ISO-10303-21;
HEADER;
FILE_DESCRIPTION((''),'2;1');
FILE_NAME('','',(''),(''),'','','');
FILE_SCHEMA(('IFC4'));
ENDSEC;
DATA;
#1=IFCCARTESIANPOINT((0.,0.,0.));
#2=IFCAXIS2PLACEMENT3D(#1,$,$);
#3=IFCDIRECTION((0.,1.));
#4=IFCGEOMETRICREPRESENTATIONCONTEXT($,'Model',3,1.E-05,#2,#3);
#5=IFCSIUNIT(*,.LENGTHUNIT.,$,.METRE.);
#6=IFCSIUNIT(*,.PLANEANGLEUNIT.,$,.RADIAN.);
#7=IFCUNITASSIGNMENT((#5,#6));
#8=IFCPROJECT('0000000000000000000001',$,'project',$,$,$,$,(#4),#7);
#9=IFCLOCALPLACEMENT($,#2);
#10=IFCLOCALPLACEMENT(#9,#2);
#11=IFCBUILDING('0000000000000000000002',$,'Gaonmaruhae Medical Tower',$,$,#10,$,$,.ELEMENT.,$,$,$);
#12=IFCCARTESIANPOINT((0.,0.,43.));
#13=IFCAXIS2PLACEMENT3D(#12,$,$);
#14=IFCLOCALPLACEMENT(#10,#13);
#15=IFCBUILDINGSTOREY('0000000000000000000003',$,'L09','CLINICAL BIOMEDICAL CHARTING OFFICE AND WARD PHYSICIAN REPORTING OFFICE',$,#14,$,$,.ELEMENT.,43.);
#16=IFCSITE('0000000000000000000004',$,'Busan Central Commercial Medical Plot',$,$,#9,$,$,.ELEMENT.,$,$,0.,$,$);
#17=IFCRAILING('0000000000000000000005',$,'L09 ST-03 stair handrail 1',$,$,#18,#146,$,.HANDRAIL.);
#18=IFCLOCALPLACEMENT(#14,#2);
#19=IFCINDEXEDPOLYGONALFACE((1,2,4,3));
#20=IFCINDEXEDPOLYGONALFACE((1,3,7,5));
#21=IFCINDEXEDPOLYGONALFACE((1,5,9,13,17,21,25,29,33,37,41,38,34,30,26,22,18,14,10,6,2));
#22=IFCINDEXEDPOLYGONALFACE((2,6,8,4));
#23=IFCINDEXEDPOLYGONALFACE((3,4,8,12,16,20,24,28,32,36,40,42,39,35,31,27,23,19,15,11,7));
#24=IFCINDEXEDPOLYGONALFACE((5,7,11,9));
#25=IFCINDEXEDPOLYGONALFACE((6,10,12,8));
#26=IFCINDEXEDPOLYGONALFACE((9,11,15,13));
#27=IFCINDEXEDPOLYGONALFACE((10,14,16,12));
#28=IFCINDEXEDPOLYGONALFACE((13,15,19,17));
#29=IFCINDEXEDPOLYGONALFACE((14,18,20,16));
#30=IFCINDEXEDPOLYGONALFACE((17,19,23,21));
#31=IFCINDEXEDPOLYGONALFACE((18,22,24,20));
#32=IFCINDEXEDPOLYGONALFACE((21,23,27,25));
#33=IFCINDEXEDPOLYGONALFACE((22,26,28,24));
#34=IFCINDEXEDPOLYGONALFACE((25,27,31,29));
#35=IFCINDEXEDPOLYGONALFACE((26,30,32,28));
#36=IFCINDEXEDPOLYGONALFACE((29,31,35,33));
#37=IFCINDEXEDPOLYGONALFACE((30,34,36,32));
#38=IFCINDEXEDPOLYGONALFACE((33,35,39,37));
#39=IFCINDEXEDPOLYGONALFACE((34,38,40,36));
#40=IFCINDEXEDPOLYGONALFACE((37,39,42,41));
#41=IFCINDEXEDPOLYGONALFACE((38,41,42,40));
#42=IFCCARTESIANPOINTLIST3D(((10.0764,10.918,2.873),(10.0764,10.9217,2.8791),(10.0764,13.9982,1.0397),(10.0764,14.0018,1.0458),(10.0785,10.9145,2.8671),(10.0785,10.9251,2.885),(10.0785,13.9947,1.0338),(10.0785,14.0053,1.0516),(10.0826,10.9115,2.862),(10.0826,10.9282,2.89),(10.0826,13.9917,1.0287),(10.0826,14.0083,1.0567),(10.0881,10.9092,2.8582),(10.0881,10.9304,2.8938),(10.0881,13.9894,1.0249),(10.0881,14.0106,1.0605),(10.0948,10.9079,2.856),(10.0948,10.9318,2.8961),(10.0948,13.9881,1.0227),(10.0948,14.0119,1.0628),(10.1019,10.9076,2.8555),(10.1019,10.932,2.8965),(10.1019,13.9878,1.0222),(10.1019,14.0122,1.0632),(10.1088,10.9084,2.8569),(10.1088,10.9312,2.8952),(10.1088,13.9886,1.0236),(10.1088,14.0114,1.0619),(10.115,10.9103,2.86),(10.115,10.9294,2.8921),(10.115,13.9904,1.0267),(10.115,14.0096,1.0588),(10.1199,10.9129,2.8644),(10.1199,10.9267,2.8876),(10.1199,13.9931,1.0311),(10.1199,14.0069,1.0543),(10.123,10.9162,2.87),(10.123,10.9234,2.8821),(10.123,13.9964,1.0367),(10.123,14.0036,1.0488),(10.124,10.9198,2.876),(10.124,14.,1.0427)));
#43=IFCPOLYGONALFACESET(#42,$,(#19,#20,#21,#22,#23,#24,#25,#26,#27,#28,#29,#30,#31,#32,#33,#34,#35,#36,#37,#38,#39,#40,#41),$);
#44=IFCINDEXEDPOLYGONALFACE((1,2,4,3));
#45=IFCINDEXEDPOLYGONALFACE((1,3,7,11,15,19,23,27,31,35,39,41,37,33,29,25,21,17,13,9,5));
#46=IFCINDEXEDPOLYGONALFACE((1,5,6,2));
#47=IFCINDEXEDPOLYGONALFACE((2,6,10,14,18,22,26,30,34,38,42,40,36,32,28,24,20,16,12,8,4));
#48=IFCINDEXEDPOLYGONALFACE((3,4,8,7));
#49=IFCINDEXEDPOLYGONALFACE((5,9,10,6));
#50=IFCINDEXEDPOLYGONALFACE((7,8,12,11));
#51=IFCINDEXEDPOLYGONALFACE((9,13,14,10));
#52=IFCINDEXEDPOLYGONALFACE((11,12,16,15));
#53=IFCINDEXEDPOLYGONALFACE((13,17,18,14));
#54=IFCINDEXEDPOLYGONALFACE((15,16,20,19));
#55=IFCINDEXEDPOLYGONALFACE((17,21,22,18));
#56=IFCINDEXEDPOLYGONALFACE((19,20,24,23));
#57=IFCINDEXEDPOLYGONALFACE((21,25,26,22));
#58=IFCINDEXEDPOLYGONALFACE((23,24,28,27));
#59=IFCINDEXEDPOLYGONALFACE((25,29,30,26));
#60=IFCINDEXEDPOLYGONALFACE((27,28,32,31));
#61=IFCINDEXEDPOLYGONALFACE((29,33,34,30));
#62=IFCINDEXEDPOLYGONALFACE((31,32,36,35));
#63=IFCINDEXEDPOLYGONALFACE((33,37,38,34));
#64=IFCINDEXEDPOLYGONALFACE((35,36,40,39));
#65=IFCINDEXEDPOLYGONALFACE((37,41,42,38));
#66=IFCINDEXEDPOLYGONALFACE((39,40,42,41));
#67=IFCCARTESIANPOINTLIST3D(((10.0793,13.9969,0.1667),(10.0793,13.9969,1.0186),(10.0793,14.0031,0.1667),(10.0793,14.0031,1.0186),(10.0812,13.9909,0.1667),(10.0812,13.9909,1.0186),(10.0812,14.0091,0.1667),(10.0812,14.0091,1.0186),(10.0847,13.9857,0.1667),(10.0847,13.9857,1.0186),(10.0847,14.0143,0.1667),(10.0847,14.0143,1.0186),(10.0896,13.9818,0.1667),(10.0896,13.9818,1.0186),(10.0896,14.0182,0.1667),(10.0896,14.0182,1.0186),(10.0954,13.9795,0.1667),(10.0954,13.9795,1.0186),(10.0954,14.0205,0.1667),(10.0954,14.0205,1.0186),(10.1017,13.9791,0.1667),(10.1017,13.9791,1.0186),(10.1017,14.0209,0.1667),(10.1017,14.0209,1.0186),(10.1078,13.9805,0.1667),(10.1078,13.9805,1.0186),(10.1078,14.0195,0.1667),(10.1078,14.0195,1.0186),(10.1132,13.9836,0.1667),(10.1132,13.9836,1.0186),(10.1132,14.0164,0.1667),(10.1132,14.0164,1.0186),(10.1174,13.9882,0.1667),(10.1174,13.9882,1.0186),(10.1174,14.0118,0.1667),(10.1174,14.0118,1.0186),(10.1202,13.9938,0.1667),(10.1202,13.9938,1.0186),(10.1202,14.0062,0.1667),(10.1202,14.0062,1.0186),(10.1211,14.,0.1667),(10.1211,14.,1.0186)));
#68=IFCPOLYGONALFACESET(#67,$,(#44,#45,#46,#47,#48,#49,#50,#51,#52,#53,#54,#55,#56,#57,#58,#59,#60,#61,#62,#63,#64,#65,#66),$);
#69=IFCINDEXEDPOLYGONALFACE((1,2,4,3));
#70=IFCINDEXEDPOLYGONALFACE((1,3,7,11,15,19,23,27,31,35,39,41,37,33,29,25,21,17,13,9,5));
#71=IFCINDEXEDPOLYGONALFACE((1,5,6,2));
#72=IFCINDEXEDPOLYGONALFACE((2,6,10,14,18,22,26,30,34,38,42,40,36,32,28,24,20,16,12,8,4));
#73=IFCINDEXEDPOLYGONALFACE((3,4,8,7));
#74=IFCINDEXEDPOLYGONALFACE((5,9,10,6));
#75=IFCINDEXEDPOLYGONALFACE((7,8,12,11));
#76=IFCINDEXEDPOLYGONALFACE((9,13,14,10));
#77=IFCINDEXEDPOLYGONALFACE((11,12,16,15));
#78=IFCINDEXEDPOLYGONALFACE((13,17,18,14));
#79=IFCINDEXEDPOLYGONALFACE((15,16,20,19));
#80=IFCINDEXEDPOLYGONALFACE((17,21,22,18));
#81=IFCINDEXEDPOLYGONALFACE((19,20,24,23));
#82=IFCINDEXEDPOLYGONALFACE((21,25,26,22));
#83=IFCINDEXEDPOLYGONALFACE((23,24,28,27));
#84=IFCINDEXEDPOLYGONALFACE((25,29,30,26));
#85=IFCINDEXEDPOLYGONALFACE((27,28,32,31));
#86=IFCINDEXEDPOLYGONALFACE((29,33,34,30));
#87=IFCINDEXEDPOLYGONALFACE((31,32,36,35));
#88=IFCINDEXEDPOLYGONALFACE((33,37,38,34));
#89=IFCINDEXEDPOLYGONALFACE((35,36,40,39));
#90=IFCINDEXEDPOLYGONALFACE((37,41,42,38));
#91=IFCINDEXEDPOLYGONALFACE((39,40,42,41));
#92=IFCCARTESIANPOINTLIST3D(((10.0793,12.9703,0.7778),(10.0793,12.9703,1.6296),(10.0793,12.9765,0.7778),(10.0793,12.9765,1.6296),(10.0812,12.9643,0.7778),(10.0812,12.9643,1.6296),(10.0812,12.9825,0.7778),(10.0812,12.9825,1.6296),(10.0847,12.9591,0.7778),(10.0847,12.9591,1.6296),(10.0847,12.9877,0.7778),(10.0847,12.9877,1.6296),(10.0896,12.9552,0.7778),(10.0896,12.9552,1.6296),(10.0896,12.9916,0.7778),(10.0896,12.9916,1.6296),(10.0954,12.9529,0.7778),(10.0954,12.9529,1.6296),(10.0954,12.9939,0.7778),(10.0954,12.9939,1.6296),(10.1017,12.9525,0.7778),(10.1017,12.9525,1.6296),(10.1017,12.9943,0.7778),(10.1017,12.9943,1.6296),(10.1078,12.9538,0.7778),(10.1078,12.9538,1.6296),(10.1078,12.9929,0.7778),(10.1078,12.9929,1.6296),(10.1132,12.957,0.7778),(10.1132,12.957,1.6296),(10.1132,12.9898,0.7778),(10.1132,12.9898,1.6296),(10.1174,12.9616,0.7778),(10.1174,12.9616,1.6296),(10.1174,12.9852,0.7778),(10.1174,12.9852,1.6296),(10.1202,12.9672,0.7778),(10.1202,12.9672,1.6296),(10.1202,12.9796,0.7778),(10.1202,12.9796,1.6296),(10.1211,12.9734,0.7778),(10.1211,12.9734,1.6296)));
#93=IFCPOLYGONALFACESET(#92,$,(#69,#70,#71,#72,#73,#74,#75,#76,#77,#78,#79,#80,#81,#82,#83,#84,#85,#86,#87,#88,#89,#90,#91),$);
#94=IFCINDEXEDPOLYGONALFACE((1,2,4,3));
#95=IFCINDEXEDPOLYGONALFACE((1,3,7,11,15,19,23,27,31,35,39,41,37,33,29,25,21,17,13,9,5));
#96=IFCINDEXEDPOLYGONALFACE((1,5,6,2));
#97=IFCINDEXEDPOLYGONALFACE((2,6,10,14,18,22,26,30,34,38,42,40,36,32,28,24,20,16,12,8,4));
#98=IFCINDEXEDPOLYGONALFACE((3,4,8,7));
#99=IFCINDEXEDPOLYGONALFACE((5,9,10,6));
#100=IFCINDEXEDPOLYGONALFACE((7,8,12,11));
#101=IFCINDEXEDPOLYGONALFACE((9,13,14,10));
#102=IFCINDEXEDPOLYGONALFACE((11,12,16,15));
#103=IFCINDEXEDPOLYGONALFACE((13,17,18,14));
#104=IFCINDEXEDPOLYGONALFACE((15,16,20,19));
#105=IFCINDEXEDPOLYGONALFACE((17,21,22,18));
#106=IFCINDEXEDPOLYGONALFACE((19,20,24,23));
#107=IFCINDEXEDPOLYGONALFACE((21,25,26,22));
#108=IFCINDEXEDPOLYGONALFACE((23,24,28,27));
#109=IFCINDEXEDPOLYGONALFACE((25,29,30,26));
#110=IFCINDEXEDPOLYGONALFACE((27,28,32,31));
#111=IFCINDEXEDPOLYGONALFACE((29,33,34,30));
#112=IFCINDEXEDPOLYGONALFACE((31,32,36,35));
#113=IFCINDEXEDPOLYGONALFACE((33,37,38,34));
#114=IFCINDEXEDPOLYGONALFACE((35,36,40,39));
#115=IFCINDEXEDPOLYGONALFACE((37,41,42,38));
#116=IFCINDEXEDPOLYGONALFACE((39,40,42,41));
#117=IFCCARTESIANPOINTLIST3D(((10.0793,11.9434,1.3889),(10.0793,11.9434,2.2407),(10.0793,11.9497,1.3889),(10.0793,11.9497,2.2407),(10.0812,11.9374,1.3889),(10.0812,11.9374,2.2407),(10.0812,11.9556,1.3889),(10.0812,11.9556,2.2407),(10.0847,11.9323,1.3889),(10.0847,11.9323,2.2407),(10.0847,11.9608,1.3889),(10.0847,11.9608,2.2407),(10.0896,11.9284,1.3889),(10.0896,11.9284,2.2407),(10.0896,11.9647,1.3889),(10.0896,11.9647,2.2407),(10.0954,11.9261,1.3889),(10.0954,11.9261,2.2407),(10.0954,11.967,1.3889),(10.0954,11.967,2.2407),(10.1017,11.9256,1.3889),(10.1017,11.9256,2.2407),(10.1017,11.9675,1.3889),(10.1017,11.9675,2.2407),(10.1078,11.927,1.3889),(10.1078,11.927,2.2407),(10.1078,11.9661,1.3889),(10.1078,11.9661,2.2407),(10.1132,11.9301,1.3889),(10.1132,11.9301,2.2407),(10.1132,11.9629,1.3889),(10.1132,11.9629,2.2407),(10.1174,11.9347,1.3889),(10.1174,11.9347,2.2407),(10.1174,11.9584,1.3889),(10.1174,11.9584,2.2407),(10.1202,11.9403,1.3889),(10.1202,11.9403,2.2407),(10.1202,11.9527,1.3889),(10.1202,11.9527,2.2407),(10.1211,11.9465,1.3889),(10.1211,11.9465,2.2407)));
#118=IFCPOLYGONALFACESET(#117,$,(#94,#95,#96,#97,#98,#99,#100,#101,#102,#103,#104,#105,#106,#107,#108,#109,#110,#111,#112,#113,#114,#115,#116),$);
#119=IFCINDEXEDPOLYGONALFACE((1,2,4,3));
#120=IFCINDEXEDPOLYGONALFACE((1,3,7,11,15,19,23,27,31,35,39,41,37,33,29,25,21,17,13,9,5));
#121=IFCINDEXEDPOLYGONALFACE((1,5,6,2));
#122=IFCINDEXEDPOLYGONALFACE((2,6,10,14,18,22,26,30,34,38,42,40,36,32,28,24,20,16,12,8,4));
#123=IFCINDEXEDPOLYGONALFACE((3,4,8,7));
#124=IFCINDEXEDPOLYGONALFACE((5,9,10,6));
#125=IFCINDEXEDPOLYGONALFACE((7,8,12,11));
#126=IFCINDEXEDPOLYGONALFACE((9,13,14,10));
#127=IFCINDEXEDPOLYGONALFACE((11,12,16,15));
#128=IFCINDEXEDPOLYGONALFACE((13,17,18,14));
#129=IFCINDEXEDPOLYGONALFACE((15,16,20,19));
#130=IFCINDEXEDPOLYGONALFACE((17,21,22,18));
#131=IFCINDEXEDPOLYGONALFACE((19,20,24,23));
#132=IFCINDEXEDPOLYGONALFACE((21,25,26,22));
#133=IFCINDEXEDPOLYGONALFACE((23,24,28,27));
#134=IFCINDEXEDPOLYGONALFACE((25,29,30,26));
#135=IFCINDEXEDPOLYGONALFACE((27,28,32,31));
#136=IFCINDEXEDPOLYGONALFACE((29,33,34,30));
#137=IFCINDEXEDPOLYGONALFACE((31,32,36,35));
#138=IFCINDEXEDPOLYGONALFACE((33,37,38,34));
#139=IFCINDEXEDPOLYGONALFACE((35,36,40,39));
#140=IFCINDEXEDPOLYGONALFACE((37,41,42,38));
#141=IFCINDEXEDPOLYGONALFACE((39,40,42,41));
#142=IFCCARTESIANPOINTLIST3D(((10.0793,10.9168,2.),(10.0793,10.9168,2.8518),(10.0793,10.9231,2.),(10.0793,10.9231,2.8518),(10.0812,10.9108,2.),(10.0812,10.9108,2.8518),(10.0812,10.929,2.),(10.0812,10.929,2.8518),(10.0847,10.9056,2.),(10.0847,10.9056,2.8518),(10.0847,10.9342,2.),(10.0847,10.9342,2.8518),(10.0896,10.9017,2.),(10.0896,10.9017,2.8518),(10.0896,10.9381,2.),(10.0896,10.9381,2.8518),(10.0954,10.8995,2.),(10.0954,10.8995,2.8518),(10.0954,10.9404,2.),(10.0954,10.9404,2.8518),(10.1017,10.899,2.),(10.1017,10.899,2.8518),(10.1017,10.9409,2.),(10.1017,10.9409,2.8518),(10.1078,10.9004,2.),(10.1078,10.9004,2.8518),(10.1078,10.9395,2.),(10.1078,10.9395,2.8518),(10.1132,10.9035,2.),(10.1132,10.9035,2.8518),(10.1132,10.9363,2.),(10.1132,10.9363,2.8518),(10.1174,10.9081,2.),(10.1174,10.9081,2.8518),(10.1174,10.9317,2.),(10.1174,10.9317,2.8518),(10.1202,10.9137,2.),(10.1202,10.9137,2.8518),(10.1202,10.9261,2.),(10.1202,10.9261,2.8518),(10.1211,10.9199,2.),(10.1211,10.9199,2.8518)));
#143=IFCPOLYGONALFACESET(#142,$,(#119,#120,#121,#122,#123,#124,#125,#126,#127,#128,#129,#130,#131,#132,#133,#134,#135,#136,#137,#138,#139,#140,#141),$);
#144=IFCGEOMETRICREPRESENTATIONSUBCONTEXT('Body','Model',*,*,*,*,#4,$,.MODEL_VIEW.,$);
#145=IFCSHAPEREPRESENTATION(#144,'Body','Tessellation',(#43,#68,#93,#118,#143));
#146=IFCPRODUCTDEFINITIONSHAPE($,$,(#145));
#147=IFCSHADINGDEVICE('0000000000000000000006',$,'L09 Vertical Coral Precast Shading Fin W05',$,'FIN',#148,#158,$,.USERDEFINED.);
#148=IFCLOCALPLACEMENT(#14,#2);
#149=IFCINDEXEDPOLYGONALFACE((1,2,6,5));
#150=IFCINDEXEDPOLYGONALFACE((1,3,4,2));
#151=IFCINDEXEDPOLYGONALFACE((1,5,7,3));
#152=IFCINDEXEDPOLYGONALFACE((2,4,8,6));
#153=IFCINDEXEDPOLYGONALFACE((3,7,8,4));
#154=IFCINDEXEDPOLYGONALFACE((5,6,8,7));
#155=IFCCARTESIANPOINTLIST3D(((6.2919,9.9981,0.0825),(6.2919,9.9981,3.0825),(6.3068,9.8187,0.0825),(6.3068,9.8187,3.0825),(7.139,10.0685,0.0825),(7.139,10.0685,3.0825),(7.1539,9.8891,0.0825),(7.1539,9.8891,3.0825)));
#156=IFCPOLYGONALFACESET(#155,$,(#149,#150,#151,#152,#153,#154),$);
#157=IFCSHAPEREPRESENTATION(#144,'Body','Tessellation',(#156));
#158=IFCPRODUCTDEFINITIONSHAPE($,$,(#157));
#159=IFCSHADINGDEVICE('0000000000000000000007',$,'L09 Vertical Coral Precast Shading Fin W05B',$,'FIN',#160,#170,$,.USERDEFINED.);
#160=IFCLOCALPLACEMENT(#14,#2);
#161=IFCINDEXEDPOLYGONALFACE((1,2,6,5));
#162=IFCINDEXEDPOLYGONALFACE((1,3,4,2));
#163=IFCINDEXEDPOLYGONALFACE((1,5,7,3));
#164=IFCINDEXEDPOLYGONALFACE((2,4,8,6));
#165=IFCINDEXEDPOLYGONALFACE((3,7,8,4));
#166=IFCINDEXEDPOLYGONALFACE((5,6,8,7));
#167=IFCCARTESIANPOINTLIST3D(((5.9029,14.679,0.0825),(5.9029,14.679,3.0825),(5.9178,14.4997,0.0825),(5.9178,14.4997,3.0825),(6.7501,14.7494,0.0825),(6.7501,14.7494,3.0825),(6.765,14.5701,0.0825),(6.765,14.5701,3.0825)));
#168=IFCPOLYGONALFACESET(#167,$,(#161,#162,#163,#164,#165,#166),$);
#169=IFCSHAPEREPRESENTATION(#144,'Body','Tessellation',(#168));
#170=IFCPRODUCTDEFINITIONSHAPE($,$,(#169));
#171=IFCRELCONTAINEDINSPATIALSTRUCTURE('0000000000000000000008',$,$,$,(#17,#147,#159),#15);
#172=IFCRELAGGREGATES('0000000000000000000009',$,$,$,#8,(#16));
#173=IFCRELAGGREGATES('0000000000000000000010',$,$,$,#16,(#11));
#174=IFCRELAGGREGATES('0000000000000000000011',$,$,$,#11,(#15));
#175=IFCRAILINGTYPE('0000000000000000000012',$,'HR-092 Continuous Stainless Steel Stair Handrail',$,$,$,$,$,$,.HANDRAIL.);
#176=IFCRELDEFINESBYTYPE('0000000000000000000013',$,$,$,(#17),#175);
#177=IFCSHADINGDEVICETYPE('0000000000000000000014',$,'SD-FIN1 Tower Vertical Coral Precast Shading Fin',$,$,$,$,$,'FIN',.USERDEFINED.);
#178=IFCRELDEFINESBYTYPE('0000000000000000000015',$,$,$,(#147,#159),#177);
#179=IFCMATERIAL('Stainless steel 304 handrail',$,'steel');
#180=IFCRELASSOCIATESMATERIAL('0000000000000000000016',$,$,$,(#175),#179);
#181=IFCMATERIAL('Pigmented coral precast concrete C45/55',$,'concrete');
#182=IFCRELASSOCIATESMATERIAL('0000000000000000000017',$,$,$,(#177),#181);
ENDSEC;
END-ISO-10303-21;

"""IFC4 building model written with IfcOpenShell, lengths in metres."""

from ifc_helpers import new_model, si_unit, direction, frame, origin, origin_2d, place, context, subcontext, project, spatial, rectangle, circle, extrude, material, type_object, element, save


model = new_model("IFC4")

# Units and contexts
model_context = context("Model", 3, precision=1e-05, world=origin(), true_north=direction((0.0, 1.0)))
body_context = subcontext(model_context, "Body", "Model", "MODEL_VIEW")
ifc_project = project(units=[si_unit("LENGTHUNIT", "METRE"), si_unit("PLANEANGLEUNIT", "RADIAN")], contexts=[model_context])

# Site, building, storey
site_placement = place(None, origin())
site = spatial("IfcSite", under=ifc_project, at=site_placement, Name="Busan Central Commercial Medical Plot", CompositionType="ELEMENT", RefElevation=0.0)
building_placement = place(site_placement, origin())
building = spatial("IfcBuilding", under=site, at=building_placement, Name="Gaonmaruhae Medical Tower", CompositionType="ELEMENT")
storey_placement = place(building_placement, frame((0.0, 0.0, 43.0)))
storey = spatial("IfcBuildingStorey", under=building, at=storey_placement, Name="L09", Description="CLINICAL BIOMEDICAL CHARTING OFFICE AND WARD PHYSICIAN REPORTING OFFICE", CompositionType="ELEMENT", Elevation=43.0)

# Railing
ifc_material_1 = material(Name="Stainless steel 304 handrail", Category="steel")
railing_type_1 = type_object("IfcRailingType", Name="HR-092 Continuous Stainless Steel Stair Handrail", PredefinedType="HANDRAIL", material=ifc_material_1)
railing_1_placement = place(storey_placement, frame((10.1001, 14.0, 0.1667)))
element("IfcRailing", 1, at=railing_1_placement, inside=storey, type_object=railing_type_1, Name="L09 ST-03 stair handrail 1", PredefinedType="HANDRAIL", context=body_context, shape_type="SweptSolid", body=[
    extrude(circle(Radius=0.0239, at=origin_2d()), frame((0.0, 0.0, 0.876), z_axis=(0.0, -0.859309, 0.511458), x_axis=(1.0, 0.0, 0.0)), (0.0, 0.0, 1.0), 3.5845),
    extrude(circle(Radius=0.021, at=origin_2d()), origin(), (0.0, 0.0, 1.0), 0.8518),
    extrude(circle(Radius=0.021, at=origin_2d()), frame((0.0, -1.0266, 0.6111)), (0.0, 0.0, 1.0), 0.8518),
    extrude(circle(Radius=0.021, at=origin_2d()), frame((0.0, -2.0535, 1.2222)), (0.0, 0.0, 1.0), 0.8518),
    extrude(circle(Radius=0.021, at=origin_2d()), frame((0.0, -3.0801, 1.8333)), (0.0, 0.0, 1.0), 0.8518),
])

# Shading devices
ifc_material_2 = material(Name="Pigmented coral precast concrete C45/55", Category="concrete")
shading_device_type = type_object("IfcShadingDeviceType", Name="SD-FIN1 Tower Vertical Coral Precast Shading Fin", ElementType="FIN", PredefinedType="USERDEFINED", material=ifc_material_2)
for number, where, z_axis, x_axis, name in (
    (2, (6.7229, 9.9436, 0.0825), (0.0, 0.0, 1.0), (-0.082808, 0.996566, 0.0), "L09 Vertical Coral Precast Shading Fin W05"),
    (3, (6.334, 14.6245, 0.0825), (0.0, 0.0, 1.0), (-0.082808, 0.996566, 0.0), "L09 Vertical Coral Precast Shading Fin W05B"),
):
    element("IfcShadingDevice", number, at=place(storey_placement, frame(where, z_axis=z_axis, x_axis=x_axis)), inside=storey, type_object=shading_device_type, Name=name, ObjectType="FIN", PredefinedType="USERDEFINED", context=body_context, shape_type="SweptSolid", body=[
        extrude(rectangle(XDim=0.1799, YDim=0.8501, at=origin_2d()), origin(), (0.0, 0.0, 1.0), 3.0),
    ])

save(model, "model.ifc")
